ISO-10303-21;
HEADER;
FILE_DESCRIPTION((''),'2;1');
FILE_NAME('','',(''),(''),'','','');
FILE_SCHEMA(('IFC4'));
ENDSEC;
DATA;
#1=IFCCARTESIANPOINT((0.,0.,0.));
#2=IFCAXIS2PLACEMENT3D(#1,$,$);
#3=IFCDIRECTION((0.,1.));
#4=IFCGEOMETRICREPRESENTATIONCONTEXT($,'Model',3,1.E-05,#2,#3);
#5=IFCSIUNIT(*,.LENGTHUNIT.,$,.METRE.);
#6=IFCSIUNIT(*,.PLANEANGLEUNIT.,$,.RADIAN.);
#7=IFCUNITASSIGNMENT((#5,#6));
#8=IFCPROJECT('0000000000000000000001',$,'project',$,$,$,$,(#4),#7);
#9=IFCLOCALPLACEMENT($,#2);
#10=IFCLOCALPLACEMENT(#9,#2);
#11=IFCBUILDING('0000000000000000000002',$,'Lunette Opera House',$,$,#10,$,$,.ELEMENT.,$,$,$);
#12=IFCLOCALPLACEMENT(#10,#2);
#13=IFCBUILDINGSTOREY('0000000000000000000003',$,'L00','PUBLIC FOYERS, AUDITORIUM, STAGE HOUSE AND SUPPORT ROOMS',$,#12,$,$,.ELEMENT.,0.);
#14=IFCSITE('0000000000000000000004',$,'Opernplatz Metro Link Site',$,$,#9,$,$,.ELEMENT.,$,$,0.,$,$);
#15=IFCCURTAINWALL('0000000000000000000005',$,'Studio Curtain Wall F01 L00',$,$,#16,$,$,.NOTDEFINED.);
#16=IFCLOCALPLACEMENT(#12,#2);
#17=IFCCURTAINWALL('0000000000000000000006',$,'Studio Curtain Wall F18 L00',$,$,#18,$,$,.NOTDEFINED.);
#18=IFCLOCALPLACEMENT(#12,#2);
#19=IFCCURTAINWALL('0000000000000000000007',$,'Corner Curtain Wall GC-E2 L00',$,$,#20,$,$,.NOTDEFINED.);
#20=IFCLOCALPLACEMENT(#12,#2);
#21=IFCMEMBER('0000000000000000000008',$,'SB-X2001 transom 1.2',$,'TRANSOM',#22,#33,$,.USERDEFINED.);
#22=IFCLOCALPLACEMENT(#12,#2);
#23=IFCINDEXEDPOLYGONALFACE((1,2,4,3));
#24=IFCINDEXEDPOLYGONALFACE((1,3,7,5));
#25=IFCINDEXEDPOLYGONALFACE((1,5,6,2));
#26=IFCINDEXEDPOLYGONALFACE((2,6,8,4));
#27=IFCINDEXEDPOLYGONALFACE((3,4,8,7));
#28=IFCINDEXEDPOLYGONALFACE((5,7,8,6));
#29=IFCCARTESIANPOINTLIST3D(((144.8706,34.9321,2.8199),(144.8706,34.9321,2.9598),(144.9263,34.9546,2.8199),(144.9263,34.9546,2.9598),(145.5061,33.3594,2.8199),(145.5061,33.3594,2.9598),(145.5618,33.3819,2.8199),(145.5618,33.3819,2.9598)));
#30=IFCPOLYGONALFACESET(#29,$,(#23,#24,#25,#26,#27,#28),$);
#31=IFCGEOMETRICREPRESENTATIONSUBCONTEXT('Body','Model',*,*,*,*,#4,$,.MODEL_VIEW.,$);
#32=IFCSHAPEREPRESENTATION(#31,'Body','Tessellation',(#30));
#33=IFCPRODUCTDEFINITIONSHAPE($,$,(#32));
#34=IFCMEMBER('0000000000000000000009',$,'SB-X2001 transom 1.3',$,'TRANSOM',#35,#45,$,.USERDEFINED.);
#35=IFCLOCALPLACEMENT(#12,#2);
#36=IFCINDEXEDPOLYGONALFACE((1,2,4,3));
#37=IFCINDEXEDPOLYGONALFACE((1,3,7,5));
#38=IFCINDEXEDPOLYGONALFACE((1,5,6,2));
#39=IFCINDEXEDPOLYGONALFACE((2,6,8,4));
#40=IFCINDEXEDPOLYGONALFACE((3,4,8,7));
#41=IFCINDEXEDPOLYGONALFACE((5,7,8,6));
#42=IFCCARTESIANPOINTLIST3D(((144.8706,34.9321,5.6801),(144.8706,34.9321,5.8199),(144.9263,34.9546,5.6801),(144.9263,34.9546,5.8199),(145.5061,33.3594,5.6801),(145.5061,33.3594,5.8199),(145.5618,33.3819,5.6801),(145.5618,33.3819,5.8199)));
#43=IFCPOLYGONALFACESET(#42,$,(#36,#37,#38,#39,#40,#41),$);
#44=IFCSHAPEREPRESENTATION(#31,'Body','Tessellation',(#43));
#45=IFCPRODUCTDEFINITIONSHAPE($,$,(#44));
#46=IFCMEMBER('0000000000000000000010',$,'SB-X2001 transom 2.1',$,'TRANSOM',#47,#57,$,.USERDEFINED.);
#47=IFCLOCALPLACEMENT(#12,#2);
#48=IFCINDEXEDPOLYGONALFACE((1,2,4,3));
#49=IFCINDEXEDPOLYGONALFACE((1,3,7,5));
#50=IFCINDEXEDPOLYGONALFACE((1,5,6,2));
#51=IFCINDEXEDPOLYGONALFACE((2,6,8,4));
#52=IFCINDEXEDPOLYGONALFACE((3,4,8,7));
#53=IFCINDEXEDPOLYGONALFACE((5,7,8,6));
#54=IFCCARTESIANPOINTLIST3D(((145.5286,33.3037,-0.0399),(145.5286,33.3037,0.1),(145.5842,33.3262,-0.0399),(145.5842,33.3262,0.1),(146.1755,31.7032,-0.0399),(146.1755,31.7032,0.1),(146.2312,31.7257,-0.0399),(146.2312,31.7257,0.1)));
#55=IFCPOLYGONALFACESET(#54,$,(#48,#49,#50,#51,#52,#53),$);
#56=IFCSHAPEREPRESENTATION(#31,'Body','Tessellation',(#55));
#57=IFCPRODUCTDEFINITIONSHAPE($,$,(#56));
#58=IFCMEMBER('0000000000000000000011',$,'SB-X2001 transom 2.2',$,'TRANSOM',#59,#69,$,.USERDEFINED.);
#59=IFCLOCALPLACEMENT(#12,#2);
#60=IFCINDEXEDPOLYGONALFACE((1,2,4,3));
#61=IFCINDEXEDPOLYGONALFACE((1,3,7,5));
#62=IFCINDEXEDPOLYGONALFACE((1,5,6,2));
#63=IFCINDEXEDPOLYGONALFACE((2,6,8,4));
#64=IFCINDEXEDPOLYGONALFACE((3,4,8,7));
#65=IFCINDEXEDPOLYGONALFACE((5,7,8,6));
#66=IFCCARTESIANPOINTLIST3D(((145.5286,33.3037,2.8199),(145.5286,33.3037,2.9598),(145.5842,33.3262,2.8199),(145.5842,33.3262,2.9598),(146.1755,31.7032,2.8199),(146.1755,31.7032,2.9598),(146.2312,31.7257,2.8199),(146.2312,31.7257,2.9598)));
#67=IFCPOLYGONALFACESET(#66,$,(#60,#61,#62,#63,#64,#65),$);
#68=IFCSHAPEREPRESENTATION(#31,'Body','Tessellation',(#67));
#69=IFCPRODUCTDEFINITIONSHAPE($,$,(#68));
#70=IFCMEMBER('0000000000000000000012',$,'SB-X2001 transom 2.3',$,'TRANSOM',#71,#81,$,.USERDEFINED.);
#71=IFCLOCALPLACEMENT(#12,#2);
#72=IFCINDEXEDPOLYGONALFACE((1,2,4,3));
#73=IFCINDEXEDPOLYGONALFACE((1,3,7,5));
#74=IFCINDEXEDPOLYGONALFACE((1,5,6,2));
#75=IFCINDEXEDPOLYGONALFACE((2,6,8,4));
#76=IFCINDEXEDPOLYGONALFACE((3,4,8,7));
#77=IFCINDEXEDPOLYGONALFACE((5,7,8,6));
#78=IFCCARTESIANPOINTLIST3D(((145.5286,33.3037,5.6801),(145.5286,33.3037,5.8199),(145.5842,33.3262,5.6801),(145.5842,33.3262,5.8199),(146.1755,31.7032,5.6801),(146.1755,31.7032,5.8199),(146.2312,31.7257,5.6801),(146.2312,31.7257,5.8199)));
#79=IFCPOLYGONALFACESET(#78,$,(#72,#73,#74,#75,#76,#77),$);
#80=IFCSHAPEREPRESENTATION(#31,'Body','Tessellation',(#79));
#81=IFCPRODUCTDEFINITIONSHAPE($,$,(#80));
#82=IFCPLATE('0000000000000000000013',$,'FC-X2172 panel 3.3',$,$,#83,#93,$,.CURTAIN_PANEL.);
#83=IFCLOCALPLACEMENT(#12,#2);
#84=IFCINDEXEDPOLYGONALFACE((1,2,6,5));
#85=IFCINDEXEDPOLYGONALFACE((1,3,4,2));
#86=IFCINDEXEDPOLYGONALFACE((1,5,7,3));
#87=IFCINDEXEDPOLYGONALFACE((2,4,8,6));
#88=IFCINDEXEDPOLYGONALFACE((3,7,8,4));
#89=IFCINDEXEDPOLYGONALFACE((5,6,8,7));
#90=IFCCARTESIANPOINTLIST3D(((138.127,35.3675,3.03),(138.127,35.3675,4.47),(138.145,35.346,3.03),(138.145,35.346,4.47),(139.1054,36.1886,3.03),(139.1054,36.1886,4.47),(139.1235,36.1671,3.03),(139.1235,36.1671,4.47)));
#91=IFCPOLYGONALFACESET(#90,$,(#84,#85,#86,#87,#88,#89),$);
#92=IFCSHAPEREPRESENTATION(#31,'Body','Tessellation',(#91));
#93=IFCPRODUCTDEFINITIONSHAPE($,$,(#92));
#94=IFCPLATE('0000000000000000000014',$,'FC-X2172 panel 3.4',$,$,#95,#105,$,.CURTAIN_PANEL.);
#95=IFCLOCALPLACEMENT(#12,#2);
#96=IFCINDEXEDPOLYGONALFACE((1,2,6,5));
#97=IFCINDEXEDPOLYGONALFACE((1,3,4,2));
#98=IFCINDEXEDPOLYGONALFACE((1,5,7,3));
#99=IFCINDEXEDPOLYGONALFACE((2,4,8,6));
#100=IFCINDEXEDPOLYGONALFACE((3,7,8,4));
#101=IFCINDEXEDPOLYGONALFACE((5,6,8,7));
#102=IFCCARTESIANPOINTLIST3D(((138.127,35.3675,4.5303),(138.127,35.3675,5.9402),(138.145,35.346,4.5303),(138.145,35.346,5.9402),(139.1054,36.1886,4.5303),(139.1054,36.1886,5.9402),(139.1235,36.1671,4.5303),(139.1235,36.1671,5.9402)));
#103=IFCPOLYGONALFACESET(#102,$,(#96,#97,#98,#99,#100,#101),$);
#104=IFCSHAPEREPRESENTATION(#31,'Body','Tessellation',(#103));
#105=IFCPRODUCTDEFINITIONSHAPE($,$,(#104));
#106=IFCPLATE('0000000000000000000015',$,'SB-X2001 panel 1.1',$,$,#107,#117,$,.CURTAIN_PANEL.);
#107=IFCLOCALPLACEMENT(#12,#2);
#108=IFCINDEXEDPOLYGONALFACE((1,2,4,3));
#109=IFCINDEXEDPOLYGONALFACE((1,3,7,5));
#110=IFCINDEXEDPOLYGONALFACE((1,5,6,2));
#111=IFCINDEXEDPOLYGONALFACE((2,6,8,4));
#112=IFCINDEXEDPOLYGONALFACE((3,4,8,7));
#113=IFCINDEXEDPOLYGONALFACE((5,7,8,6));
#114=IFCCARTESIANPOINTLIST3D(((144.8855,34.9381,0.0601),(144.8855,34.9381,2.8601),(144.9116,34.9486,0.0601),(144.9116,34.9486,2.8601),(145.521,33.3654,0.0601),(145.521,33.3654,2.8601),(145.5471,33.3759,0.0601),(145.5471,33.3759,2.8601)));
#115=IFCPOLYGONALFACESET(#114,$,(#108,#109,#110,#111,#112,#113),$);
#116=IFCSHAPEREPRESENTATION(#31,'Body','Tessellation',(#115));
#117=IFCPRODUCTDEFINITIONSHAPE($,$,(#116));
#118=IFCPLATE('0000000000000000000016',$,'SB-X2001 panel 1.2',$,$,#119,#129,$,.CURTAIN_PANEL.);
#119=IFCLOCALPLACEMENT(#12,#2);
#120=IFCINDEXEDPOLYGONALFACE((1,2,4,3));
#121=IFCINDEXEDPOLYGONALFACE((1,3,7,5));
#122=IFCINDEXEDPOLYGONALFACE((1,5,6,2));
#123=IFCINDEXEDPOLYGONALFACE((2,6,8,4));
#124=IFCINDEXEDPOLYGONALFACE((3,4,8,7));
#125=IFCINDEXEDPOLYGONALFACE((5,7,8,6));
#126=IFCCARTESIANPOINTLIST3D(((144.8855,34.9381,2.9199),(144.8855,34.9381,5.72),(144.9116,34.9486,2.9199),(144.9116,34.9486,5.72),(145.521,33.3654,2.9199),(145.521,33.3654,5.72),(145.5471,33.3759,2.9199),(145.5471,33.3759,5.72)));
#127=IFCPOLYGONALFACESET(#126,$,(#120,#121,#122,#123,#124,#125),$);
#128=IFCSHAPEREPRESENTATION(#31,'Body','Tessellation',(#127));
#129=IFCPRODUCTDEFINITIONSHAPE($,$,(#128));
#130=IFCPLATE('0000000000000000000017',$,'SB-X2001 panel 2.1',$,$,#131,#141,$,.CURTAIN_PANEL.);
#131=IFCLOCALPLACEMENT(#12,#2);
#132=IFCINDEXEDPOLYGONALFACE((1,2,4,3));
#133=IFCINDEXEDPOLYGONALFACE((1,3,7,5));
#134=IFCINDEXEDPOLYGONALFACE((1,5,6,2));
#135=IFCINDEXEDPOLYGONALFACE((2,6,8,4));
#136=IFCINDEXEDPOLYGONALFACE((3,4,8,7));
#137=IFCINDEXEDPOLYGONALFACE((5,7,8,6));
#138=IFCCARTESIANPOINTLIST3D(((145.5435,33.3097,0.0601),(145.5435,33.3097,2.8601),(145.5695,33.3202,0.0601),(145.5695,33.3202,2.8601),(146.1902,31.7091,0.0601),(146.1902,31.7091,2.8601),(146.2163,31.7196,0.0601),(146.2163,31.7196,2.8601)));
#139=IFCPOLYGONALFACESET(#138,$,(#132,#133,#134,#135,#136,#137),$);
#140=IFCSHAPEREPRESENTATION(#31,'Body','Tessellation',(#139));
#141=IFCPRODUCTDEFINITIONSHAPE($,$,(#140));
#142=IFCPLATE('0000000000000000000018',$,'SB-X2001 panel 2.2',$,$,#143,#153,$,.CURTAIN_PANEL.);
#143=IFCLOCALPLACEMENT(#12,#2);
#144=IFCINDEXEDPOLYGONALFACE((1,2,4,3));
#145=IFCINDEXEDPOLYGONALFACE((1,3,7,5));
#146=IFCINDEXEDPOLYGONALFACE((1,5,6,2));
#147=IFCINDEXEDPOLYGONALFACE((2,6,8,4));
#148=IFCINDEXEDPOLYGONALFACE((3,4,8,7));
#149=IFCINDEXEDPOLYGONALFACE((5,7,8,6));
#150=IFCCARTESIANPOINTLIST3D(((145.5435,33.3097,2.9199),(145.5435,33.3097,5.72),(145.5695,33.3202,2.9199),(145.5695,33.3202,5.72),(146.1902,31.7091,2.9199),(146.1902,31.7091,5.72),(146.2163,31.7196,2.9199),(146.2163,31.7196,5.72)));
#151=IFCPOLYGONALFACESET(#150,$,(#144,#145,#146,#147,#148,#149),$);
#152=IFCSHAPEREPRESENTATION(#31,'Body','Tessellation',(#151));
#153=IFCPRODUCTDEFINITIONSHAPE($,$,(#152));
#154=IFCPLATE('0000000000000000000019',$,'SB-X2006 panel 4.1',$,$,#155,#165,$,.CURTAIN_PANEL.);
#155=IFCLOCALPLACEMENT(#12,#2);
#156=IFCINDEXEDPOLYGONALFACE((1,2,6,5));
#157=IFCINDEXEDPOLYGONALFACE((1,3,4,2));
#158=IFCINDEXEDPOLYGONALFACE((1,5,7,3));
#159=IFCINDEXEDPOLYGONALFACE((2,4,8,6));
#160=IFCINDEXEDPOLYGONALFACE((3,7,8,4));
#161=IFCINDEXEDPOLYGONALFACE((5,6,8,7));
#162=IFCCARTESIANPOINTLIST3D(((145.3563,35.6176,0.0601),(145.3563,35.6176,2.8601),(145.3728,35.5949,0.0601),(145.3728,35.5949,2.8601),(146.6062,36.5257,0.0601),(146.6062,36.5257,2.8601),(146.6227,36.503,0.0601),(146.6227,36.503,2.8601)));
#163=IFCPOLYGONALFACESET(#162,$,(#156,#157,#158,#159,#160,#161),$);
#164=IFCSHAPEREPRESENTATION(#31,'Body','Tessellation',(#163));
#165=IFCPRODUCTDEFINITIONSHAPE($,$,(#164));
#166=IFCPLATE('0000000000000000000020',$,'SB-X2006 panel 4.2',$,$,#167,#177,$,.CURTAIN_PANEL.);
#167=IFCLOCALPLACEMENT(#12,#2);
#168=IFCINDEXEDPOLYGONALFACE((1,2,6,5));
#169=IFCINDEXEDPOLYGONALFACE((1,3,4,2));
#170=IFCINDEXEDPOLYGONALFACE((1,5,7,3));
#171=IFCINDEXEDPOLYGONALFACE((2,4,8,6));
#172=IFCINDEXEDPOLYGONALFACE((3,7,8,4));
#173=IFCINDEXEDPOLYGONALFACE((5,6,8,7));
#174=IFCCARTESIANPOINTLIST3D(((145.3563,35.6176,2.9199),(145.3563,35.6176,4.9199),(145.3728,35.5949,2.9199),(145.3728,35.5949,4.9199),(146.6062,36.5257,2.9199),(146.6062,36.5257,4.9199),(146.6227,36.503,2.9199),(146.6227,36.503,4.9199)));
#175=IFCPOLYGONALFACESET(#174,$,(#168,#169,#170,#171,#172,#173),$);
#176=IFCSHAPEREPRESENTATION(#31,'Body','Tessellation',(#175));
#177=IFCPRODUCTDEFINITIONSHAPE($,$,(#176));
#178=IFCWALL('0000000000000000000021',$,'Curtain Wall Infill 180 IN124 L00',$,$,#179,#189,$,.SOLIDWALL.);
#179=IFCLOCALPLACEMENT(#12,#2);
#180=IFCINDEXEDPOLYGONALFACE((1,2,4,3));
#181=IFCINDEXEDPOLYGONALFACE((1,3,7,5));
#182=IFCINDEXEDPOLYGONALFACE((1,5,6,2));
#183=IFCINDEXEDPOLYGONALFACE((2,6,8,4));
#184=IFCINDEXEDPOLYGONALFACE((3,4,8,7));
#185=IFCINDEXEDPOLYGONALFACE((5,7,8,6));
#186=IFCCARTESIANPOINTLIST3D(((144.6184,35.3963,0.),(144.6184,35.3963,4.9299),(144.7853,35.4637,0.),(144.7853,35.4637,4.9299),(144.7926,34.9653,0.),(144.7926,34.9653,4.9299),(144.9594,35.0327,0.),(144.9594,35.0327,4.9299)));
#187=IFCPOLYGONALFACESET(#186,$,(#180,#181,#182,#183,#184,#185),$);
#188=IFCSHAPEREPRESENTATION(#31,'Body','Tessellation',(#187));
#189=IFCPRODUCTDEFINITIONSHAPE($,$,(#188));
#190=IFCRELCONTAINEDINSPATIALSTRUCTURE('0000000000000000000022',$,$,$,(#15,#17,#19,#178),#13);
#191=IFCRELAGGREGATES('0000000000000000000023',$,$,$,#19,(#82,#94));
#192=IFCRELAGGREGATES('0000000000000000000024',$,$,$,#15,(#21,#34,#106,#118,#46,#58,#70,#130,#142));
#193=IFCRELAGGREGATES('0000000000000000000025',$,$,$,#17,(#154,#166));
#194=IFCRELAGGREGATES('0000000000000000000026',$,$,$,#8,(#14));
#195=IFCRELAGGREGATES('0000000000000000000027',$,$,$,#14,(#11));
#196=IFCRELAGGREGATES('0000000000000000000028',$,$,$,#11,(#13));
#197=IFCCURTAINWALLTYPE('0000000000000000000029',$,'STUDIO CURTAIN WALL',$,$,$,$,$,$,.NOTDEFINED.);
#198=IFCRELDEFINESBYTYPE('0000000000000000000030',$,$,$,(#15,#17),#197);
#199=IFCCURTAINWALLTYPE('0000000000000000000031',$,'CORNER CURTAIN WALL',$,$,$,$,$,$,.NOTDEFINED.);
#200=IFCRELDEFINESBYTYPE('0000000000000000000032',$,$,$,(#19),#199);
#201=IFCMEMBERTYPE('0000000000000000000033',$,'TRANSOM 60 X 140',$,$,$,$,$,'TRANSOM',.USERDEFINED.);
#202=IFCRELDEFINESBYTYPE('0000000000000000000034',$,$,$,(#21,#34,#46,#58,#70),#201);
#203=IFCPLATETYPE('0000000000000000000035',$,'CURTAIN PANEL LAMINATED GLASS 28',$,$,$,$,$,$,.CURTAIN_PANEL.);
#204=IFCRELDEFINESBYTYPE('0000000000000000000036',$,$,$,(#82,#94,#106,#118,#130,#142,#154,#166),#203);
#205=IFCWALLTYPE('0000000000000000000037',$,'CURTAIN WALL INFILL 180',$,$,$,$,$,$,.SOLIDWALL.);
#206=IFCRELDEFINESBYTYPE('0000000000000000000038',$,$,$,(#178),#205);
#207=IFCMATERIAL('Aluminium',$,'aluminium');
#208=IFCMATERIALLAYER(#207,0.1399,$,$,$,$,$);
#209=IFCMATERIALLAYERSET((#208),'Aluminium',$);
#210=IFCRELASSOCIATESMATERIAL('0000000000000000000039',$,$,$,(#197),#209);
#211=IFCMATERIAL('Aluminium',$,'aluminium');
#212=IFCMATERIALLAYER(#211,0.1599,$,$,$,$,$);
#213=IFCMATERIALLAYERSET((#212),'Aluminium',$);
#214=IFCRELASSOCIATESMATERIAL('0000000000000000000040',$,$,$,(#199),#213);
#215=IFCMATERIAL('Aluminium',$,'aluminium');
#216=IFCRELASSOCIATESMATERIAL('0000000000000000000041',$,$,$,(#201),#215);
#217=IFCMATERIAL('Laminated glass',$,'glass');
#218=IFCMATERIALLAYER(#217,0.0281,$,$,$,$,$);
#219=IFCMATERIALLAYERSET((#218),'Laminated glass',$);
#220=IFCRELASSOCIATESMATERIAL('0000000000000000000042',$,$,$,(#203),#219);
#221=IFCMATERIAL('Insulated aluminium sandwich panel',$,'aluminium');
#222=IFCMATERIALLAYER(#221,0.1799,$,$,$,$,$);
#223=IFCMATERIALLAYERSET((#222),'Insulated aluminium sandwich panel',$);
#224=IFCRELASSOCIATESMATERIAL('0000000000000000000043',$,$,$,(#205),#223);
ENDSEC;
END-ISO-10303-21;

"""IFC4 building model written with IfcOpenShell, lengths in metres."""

from ifc_helpers import new_model, si_unit, direction, frame, frame_2d, origin, origin_2d, place, context, subcontext, project, spatial, rectangle, extrude, material, layer, layer_set, material_profile, profile_set, type_object, element, aggregate, save


model = new_model("IFC4")

# Units and contexts
model_context = context("Model", 3, precision=1e-05, world=origin(), true_north=direction((0.0, 1.0)))
body_context = subcontext(model_context, "Body", "Model", "MODEL_VIEW")
ifc_project = project(units=[si_unit("LENGTHUNIT", "METRE"), si_unit("PLANEANGLEUNIT", "RADIAN")], contexts=[model_context])

# Site, building, storey
site_placement = place(None, origin())
site = spatial("IfcSite", under=ifc_project, at=site_placement, Name="Opernplatz Metro Link Site", CompositionType="ELEMENT", RefElevation=0.0)
building_placement = place(site_placement, origin())
building = spatial("IfcBuilding", under=site, at=building_placement, Name="Lunette Opera House", CompositionType="ELEMENT")
storey_placement = place(building_placement, origin())
storey = spatial("IfcBuildingStorey", under=building, at=storey_placement, Name="L00", Description="PUBLIC FOYERS, AUDITORIUM, STAGE HOUSE AND SUPPORT ROOMS", CompositionType="ELEMENT", Elevation=0.0)

# Curtain wall
ifc_material_1 = material(Name="Aluminium", Category="aluminium")
ifc_layer_1 = layer(ifc_material_1, 0.1399)
ifc_layer_set_1 = layer_set([ifc_layer_1], Name="Aluminium")
curtain_wall_type_1 = type_object("IfcCurtainWallType", Name="STUDIO CURTAIN WALL", PredefinedType="NOTDEFINED", material=ifc_layer_set_1)
curtain_wall_1_placement = place(storey_placement, origin())
curtain_wall_1 = element("IfcCurtainWall", 1, at=curtain_wall_1_placement, inside=storey, type_object=curtain_wall_type_1, Name="Studio Curtain Wall F01 L00", PredefinedType="NOTDEFINED")

# Curtain walls
curtain_wall_2_placement = place(storey_placement, origin())
curtain_wall_2 = element("IfcCurtainWall", 2, at=curtain_wall_2_placement, inside=storey, type_object=curtain_wall_type_1, Name="Studio Curtain Wall F18 L00", PredefinedType="NOTDEFINED")
ifc_material_2 = material(Name="Aluminium", Category="aluminium")
ifc_layer_2 = layer(ifc_material_2, 0.1599)
ifc_layer_set_2 = layer_set([ifc_layer_2], Name="Aluminium")
curtain_wall_type_2 = type_object("IfcCurtainWallType", Name="CORNER CURTAIN WALL", PredefinedType="NOTDEFINED", material=ifc_layer_set_2)
curtain_wall_3_placement = place(storey_placement, origin())
curtain_wall_3 = element("IfcCurtainWall", 3, at=curtain_wall_3_placement, inside=storey, type_object=curtain_wall_type_2, Name="Corner Curtain Wall GC-E2 L00", PredefinedType="NOTDEFINED")

# Members
ifc_material_3 = material(Name="Aluminium", Category="aluminium")
ifc_material_profile_1 = material_profile(ifc_material_3, rectangle(XDim=0.0601, YDim=0.1399, at=origin_2d()), Name="TRANSOM 60 X 140")
ifc_profile_set_1 = profile_set([ifc_material_profile_1], Name="Aluminium")
member_type_1 = type_object("IfcMemberType", Name="TRANSOM 60 X 140", ElementType="TRANSOM", PredefinedType="USERDEFINED", material=ifc_profile_set_1)
member_1_placement = place(storey_placement, frame((144.8984, 34.9434, 2.8899), z_axis=(0.374639, -0.927171, 0.0), x_axis=(0.927171, 0.374639, 0.0)))
member_1 = element("IfcMember", 4, at=member_1_placement, type_object=member_type_1, Name="SB-X2001 transom 1.2", ObjectType="TRANSOM", PredefinedType="USERDEFINED", context=body_context, shape_type="SweptSolid", body=[
    extrude(rectangle(XDim=0.0601, YDim=0.1399, at=origin_2d()), origin(), (0.0, 0.0, 1.0), 1.6963),
])
member_2_placement = place(storey_placement, frame((144.8984, 34.9434, 5.75), z_axis=(0.374639, -0.927171, 0.0), x_axis=(0.927171, 0.374639, 0.0)))
member_2 = element("IfcMember", 5, at=member_2_placement, type_object=member_type_1, Name="SB-X2001 transom 1.3", ObjectType="TRANSOM", PredefinedType="USERDEFINED", context=body_context, shape_type="SweptSolid", body=[
    extrude(rectangle(XDim=0.0601, YDim=0.1399, at=origin_2d()), origin(), (0.0, 0.0, 1.0), 1.6963),
])
member_3_placement = place(storey_placement, frame((145.5564, 33.3149, 0.03), z_axis=(0.374753, -0.927125, 0.0), x_axis=(0.927125, 0.374753, 0.0)))
member_3 = element("IfcMember", 6, at=member_3_placement, type_object=member_type_1, Name="SB-X2001 transom 2.1", ObjectType="TRANSOM", PredefinedType="USERDEFINED", context=body_context, shape_type="SweptSolid", body=[
    extrude(rectangle(XDim=0.0601, YDim=0.1399, at=origin_2d()), origin(), (0.0, 0.0, 1.0), 1.7263),
])
member_4_placement = place(storey_placement, frame((145.5564, 33.3149, 2.8899), z_axis=(0.374753, -0.927125, 0.0), x_axis=(0.927125, 0.374753, 0.0)))
member_4 = element("IfcMember", 7, at=member_4_placement, type_object=member_type_1, Name="SB-X2001 transom 2.2", ObjectType="TRANSOM", PredefinedType="USERDEFINED", context=body_context, shape_type="SweptSolid", body=[
    extrude(rectangle(XDim=0.0601, YDim=0.1399, at=origin_2d()), origin(), (0.0, 0.0, 1.0), 1.7263),
])
member_5_placement = place(storey_placement, frame((145.5564, 33.3149, 5.75), z_axis=(0.374753, -0.927125, 0.0), x_axis=(0.927125, 0.374753, 0.0)))
member_5 = element("IfcMember", 8, at=member_5_placement, type_object=member_type_1, Name="SB-X2001 transom 2.3", ObjectType="TRANSOM", PredefinedType="USERDEFINED", context=body_context, shape_type="SweptSolid", body=[
    extrude(rectangle(XDim=0.0601, YDim=0.1399, at=origin_2d()), origin(), (0.0, 0.0, 1.0), 1.7263),
])

# Plates
ifc_material_4 = material(Name="Laminated glass", Category="glass")
ifc_layer_3 = layer(ifc_material_4, 0.0281)
ifc_layer_set_3 = layer_set([ifc_layer_3], Name="Laminated glass")
plate_type = type_object("IfcPlateType", Name="CURTAIN PANEL LAMINATED GLASS 28", PredefinedType="CURTAIN_PANEL", material=ifc_layer_set_3)
plate_1_placement = place(storey_placement, frame((138.6252, 35.7673, 3.03), z_axis=(0.0, 0.0, 1.0), x_axis=(0.76601, 0.642828, 0.0)))
plate_1 = element("IfcPlate", 9, at=plate_1_placement, type_object=plate_type, Name="FC-X2172 panel 3.3", PredefinedType="CURTAIN_PANEL", context=body_context, shape_type="SweptSolid", body=[
    extrude(rectangle(XDim=1.2773, YDim=0.0281, at=origin_2d()), origin(), (0.0, 0.0, 1.0), 1.4399),
])
plate_2_placement = place(storey_placement, frame((138.6252, 35.7673, 4.5303), z_axis=(0.0, 0.0, 1.0), x_axis=(0.76601, 0.642828, 0.0)))
plate_2 = element("IfcPlate", 10, at=plate_2_placement, type_object=plate_type, Name="FC-X2172 panel 3.4", PredefinedType="CURTAIN_PANEL", context=body_context, shape_type="SweptSolid", body=[
    extrude(rectangle(XDim=1.2773, YDim=0.0281, at=origin_2d()), origin(), (0.0, 0.0, 1.0), 1.4099),
])
aggregate(curtain_wall_3, [plate_1, plate_2])
plate_3_placement = place(storey_placement, frame((145.2163, 34.157, 0.0601), z_axis=(0.0, 0.0, 1.0), x_axis=(0.374646, -0.927168, 0.0)))
plate_3 = element("IfcPlate", 11, at=plate_3_placement, type_object=plate_type, Name="SB-X2001 panel 1.1", PredefinedType="CURTAIN_PANEL", context=body_context, shape_type="SweptSolid", body=[
    extrude(rectangle(XDim=1.6963, YDim=0.0281, at=origin_2d()), origin(), (0.0, 0.0, 1.0), 2.8),
])
plate_4_placement = place(storey_placement, frame((145.2163, 34.157, 2.9199), z_axis=(0.0, 0.0, 1.0), x_axis=(0.374646, -0.927168, 0.0)))
plate_4 = element("IfcPlate", 12, at=plate_4_placement, type_object=plate_type, Name="SB-X2001 panel 1.2", PredefinedType="CURTAIN_PANEL", context=body_context, shape_type="SweptSolid", body=[
    extrude(rectangle(XDim=1.6963, YDim=0.0281, at=origin_2d()), origin(), (0.0, 0.0, 1.0), 2.8),
])
plate_5_placement = place(storey_placement, frame((145.8799, 32.5146, 0.0601), z_axis=(0.0, 0.0, 1.0), x_axis=(0.374646, -0.927168, 0.0)))
plate_5 = element("IfcPlate", 13, at=plate_5_placement, type_object=plate_type, Name="SB-X2001 panel 2.1", PredefinedType="CURTAIN_PANEL", context=body_context, shape_type="SweptSolid", body=[
    extrude(rectangle(XDim=1.7263, YDim=0.0281, at=origin_2d()), origin(), (0.0, 0.0, 1.0), 2.8),
])
plate_6_placement = place(storey_placement, frame((145.8799, 32.5146, 2.9199), z_axis=(0.0, 0.0, 1.0), x_axis=(0.374646, -0.927168, 0.0)))
plate_6 = element("IfcPlate", 14, at=plate_6_placement, type_object=plate_type, Name="SB-X2001 panel 2.2", PredefinedType="CURTAIN_PANEL", context=body_context, shape_type="SweptSolid", body=[
    extrude(rectangle(XDim=1.7263, YDim=0.0281, at=origin_2d()), origin(), (0.0, 0.0, 1.0), 2.8),
])
aggregate(curtain_wall_1, [member_1, member_2, plate_3, plate_4, member_3, member_4, member_5, plate_5, plate_6])
plate_7_placement = place(storey_placement, frame((145.9895, 36.0603, 0.0601), z_axis=(0.0, 0.0, 1.0), x_axis=(-0.809027, -0.587772, 0.0)))
plate_7 = element("IfcPlate", 15, at=plate_7_placement, type_object=plate_type, Name="SB-X2006 panel 4.1", PredefinedType="CURTAIN_PANEL", context=body_context, shape_type="SweptSolid", body=[
    extrude(rectangle(XDim=1.5449, YDim=0.0281, at=origin_2d()), origin(), (0.0, 0.0, 1.0), 2.8),
])
plate_8_placement = place(storey_placement, frame((145.9895, 36.0603, 2.9199), z_axis=(0.0, 0.0, 1.0), x_axis=(-0.809027, -0.587772, 0.0)))
plate_8 = element("IfcPlate", 16, at=plate_8_placement, type_object=plate_type, Name="SB-X2006 panel 4.2", PredefinedType="CURTAIN_PANEL", context=body_context, shape_type="SweptSolid", body=[
    extrude(rectangle(XDim=1.5449, YDim=0.0281, at=origin_2d()), origin(), (0.0, 0.0, 1.0), 2.0),
])
aggregate(curtain_wall_2, [plate_7, plate_8])

# Wall
ifc_material_5 = material(Name="Insulated aluminium sandwich panel", Category="aluminium")
ifc_layer_4 = layer(ifc_material_5, 0.1799)
ifc_layer_set_4 = layer_set([ifc_layer_4], Name="Insulated aluminium sandwich panel")
wall_type = type_object("IfcWallType", Name="CURTAIN WALL INFILL 180", PredefinedType="SOLIDWALL", material=ifc_layer_set_4)
wall_1_placement = place(storey_placement, frame((144.876, 34.999, 0.0), z_axis=(0.0, 0.0, 1.0), x_axis=(-0.374559, 0.927203, 0.0)))
element("IfcWall", 17, at=wall_1_placement, inside=storey, type_object=wall_type, Name="Curtain Wall Infill 180 IN124 L00", PredefinedType="SOLIDWALL", context=body_context, shape_type="SweptSolid", body=[
    extrude(rectangle(XDim=0.4648, YDim=0.1799, at=frame_2d((0.2324, 0.0))), origin(), (0.0, 0.0, 1.0), 4.9299),
])

save(model, "model.ifc")
